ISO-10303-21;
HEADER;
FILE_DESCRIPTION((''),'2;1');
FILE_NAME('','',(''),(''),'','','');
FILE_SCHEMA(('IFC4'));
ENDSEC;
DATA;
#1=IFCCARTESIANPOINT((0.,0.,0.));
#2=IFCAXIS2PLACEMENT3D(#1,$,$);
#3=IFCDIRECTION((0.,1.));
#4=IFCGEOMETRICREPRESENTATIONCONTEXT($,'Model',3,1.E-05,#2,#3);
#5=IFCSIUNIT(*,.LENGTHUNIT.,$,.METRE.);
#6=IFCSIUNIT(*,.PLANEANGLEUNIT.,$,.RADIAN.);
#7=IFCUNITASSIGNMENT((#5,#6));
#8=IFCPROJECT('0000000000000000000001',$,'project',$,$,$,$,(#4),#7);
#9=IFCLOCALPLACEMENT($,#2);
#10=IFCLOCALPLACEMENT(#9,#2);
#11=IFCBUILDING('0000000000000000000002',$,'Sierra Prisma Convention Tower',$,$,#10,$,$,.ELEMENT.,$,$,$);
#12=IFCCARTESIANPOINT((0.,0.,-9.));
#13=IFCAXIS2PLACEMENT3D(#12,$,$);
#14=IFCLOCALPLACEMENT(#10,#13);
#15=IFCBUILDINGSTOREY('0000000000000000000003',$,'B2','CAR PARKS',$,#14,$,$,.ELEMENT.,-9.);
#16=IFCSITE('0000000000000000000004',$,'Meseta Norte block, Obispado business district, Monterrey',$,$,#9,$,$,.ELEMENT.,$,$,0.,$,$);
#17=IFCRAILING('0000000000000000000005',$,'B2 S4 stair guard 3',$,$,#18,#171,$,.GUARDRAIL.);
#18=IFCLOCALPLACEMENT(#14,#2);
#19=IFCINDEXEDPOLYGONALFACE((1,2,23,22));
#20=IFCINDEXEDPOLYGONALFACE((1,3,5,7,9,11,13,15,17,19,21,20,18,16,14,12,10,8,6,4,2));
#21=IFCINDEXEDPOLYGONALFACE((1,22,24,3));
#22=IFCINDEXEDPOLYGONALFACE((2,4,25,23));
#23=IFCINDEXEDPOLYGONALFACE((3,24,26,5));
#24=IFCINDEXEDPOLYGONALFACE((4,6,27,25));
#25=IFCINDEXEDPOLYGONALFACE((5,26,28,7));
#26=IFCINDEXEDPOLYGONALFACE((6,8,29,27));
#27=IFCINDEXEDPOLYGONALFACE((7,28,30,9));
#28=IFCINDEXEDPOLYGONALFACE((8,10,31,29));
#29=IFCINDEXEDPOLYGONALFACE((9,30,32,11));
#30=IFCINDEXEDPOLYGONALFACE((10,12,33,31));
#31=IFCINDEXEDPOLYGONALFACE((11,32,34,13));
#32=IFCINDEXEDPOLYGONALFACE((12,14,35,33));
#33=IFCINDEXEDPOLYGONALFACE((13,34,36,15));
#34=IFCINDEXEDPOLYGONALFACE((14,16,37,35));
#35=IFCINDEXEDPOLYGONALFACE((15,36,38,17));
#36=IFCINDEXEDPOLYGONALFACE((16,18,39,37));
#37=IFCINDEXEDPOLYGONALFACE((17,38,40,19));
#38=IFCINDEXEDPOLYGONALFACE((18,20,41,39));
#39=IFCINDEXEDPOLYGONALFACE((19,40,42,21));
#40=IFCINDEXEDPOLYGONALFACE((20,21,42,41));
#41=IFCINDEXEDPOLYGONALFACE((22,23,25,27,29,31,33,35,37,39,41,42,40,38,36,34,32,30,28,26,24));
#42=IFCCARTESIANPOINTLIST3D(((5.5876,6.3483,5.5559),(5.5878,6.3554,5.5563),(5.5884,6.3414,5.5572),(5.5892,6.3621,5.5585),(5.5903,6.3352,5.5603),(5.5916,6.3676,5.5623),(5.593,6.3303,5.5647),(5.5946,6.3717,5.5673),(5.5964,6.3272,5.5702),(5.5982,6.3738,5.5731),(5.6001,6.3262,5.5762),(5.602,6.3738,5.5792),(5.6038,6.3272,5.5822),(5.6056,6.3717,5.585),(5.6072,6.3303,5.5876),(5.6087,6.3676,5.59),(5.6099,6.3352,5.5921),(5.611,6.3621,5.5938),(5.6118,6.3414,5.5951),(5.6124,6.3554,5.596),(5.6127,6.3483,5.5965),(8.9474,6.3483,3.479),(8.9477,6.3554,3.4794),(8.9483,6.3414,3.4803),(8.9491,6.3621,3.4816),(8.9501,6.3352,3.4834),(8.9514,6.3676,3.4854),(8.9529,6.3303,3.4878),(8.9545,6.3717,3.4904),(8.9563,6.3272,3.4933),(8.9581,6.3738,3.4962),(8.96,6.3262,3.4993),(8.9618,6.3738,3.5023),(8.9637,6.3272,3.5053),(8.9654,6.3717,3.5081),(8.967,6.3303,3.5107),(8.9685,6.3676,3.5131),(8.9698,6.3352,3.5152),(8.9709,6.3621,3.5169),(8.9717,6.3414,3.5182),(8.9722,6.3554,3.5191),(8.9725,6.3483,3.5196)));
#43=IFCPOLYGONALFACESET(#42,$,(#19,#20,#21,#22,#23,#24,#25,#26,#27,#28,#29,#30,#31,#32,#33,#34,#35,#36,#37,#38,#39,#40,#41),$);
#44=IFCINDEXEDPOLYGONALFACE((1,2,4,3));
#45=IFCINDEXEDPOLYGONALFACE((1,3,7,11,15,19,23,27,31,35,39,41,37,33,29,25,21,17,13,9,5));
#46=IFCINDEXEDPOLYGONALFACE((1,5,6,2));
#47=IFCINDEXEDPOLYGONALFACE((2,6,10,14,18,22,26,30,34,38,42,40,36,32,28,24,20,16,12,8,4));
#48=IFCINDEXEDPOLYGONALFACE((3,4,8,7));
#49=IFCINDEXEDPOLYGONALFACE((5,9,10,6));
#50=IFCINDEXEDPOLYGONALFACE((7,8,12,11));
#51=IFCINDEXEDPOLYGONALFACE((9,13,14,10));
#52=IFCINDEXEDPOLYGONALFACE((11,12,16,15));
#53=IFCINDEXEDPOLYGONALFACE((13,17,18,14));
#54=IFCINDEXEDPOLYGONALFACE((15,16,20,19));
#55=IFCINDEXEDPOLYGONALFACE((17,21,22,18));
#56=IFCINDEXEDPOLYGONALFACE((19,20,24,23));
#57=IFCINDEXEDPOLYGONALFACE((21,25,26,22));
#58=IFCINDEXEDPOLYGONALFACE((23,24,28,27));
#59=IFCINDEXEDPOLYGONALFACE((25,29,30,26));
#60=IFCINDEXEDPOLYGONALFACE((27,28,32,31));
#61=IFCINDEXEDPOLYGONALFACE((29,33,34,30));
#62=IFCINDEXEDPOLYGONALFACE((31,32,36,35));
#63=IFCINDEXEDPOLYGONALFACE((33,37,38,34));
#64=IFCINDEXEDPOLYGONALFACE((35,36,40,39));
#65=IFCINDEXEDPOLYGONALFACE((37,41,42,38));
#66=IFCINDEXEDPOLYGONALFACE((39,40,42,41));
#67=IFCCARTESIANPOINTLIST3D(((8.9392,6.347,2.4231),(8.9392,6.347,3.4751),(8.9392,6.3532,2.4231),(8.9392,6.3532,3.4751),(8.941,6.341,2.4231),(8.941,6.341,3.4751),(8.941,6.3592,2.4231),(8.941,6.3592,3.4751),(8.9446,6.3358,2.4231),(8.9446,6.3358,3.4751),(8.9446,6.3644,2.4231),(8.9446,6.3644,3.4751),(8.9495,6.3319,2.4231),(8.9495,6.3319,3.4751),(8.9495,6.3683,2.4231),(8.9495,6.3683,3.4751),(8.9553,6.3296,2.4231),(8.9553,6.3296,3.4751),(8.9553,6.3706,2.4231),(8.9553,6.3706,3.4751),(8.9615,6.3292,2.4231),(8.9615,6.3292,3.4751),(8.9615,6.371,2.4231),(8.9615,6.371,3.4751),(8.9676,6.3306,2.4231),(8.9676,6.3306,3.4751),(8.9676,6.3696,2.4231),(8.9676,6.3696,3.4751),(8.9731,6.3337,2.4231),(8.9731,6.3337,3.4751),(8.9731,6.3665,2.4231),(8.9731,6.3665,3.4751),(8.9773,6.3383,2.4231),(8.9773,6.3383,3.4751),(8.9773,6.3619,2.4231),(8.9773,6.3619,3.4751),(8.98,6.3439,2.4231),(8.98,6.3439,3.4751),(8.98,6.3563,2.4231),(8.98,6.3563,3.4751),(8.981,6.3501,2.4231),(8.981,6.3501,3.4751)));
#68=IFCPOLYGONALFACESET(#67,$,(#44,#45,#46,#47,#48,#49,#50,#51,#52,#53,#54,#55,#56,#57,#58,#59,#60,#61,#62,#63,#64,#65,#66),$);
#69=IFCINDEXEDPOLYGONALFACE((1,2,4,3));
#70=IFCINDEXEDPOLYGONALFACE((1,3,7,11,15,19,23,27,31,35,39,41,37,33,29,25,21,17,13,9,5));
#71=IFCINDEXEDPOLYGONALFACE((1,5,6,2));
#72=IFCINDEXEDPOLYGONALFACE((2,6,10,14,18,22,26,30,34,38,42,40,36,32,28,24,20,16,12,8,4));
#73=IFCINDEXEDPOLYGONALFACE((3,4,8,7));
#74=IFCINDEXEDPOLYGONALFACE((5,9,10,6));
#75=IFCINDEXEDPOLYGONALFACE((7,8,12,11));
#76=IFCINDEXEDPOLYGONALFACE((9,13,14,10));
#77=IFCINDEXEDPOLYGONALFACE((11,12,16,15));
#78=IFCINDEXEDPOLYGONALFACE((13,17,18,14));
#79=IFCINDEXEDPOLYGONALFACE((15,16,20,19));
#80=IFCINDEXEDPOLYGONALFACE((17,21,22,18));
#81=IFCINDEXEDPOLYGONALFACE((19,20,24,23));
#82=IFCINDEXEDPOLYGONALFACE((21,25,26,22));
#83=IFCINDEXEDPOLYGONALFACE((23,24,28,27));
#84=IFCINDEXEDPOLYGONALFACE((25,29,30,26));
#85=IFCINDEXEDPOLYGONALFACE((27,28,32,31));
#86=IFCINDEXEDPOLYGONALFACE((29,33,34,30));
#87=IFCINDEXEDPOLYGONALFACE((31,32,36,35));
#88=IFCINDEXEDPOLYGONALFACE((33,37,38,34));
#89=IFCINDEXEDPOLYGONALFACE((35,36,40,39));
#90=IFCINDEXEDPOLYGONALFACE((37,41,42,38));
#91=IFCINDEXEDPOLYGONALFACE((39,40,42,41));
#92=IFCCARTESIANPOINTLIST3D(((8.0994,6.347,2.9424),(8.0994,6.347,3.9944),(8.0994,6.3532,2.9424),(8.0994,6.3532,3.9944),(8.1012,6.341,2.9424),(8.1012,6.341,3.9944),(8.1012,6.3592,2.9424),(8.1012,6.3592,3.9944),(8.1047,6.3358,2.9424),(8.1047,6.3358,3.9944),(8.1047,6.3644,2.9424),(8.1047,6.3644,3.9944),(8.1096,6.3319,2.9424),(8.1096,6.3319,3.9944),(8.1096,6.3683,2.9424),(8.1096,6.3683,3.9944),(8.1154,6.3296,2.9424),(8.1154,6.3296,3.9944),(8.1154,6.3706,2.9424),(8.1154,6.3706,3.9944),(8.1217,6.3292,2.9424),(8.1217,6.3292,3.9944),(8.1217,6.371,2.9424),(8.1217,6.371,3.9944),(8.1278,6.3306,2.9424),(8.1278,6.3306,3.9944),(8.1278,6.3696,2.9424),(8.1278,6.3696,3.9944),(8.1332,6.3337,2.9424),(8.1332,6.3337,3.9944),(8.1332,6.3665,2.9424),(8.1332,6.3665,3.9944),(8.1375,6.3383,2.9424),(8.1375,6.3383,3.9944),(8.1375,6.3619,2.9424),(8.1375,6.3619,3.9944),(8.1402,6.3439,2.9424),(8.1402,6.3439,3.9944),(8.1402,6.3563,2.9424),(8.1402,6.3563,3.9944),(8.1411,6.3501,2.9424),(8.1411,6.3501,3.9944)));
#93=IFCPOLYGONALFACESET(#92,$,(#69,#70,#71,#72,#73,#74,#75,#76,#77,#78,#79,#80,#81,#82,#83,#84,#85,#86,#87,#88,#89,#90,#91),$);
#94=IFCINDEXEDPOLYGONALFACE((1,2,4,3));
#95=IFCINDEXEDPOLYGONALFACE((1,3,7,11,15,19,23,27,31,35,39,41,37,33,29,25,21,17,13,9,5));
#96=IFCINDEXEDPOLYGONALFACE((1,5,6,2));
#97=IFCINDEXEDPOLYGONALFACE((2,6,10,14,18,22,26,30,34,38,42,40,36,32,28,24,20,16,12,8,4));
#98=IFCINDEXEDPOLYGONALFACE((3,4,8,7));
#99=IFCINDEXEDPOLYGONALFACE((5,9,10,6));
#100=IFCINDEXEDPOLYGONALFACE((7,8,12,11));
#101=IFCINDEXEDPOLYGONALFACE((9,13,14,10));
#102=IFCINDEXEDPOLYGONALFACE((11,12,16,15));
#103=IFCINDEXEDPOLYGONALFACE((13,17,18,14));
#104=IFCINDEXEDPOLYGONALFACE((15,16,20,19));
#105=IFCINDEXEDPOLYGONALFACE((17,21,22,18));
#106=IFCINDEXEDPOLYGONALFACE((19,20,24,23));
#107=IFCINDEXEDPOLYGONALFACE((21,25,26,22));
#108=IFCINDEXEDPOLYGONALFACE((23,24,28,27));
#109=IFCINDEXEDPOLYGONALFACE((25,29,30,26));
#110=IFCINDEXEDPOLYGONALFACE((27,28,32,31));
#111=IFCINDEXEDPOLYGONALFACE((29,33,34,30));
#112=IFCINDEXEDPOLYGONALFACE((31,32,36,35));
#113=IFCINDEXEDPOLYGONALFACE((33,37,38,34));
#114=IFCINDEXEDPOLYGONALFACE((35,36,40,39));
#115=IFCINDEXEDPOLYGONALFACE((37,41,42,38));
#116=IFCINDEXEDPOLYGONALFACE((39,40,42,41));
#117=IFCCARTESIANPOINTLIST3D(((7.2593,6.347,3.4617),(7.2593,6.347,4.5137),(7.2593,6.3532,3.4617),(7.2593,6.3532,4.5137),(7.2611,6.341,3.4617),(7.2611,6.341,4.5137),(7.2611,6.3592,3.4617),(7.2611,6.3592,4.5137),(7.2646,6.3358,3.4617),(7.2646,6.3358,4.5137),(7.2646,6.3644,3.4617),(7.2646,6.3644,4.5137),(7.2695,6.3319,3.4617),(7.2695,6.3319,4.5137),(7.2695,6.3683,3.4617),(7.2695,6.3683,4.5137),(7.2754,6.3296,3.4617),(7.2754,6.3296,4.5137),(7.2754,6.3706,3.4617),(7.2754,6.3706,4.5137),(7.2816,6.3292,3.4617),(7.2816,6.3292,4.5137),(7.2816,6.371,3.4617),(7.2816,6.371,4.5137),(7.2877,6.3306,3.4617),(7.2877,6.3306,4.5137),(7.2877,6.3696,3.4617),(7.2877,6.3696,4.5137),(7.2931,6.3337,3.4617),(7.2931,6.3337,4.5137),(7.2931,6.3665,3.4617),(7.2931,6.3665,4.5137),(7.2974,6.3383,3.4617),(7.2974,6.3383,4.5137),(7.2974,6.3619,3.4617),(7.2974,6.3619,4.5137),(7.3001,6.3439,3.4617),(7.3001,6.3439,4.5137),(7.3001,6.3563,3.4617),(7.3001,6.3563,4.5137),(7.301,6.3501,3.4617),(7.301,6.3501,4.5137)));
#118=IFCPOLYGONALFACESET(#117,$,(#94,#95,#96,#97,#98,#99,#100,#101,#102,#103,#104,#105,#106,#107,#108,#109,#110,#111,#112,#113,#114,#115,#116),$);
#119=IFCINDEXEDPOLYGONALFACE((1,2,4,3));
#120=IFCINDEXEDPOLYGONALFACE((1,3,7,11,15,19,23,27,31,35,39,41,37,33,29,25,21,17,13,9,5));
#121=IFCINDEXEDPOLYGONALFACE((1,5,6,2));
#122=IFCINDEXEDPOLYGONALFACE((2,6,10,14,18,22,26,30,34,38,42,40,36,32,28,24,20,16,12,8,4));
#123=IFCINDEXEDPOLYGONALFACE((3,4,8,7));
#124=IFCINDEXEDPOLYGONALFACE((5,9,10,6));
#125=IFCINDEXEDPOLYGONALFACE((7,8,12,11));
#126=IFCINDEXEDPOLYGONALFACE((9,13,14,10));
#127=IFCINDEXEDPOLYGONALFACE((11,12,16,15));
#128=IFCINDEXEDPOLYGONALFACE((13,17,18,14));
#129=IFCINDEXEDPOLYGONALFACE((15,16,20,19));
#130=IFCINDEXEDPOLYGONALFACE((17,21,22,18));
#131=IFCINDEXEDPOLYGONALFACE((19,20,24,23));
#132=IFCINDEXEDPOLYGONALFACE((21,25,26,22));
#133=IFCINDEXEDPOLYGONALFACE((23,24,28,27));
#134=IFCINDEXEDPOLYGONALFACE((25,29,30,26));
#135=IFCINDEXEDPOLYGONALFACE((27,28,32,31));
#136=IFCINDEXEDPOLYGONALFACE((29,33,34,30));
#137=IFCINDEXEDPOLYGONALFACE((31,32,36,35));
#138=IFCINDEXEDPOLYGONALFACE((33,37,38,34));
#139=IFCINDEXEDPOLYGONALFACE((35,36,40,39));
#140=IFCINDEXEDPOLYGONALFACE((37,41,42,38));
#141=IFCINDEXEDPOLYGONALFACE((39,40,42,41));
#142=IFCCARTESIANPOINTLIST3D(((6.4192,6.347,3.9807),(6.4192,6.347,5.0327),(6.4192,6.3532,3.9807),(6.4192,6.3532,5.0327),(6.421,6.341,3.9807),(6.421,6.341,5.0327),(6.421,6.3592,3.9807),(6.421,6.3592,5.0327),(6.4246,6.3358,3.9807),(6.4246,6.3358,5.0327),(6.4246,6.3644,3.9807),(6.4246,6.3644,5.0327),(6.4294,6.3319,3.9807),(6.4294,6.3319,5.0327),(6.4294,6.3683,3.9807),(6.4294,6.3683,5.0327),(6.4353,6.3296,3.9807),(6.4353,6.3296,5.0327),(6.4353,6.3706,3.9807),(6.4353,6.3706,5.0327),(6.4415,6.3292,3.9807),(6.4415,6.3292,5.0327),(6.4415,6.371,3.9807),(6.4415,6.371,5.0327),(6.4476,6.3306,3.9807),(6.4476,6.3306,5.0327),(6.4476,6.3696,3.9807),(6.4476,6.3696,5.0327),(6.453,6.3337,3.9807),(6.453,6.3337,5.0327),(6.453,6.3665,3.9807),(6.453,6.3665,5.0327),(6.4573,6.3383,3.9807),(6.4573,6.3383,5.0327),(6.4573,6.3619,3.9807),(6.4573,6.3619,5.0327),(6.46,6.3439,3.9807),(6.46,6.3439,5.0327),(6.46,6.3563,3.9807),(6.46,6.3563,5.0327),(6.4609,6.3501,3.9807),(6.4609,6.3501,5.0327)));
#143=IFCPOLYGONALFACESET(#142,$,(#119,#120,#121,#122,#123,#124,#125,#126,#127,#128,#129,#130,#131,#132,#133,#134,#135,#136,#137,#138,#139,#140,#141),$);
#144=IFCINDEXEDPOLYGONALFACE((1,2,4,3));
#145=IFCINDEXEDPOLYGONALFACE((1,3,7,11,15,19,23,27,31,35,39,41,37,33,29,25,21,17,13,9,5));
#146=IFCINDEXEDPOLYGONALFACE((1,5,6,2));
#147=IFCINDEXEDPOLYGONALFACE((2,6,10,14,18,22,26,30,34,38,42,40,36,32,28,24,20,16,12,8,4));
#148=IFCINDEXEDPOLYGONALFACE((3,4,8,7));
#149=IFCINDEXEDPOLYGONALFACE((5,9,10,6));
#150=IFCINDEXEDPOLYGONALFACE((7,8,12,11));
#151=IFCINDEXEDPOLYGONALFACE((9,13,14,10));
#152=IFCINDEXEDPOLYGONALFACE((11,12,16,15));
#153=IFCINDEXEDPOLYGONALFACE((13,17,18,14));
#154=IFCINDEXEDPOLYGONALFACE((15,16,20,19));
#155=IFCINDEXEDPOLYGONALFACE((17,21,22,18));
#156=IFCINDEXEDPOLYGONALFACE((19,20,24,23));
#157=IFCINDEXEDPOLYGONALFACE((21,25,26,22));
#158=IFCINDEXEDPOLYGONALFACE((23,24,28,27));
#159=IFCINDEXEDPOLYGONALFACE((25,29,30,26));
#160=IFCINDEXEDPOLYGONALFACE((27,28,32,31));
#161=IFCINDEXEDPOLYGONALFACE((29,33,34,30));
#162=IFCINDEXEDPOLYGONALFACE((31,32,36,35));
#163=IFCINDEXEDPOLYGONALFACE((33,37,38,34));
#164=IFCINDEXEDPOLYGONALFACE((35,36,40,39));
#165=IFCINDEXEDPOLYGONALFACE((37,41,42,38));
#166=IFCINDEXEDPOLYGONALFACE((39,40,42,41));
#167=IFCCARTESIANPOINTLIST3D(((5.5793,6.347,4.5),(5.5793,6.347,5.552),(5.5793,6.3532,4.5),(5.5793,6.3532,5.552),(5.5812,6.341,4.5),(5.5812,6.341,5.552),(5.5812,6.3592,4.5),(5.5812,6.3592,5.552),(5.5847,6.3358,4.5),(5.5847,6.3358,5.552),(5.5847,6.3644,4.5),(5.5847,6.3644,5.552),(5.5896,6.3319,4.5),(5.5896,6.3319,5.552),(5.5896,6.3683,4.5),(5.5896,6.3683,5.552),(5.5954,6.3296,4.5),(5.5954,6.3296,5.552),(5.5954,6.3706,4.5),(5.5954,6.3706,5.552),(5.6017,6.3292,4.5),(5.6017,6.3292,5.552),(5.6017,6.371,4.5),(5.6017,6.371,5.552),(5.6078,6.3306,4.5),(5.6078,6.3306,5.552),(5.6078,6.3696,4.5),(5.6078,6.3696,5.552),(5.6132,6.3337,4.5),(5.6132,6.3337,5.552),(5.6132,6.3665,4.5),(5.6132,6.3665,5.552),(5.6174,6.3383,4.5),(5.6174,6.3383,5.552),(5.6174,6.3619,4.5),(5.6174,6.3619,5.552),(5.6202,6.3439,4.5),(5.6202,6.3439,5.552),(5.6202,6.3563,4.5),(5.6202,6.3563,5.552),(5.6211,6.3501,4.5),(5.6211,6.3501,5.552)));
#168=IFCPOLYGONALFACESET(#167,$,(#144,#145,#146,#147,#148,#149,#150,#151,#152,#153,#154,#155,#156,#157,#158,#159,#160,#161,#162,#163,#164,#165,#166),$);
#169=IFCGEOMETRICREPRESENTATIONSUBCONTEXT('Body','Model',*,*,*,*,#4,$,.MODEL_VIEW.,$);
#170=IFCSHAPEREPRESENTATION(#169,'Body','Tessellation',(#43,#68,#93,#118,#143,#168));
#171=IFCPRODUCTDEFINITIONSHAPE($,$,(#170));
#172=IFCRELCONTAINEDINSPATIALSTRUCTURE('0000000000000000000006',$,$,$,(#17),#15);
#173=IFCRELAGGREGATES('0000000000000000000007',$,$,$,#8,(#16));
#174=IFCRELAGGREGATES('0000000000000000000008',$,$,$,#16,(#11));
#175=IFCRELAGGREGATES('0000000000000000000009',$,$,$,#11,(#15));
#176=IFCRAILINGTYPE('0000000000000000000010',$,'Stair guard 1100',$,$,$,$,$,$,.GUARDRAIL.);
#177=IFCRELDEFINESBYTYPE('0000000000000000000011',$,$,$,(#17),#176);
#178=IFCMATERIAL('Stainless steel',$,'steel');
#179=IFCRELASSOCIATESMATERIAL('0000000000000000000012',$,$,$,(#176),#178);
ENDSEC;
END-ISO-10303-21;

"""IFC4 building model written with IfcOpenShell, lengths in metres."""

from ifc_helpers import new_model, si_unit, direction, frame, origin, origin_2d, place, context, subcontext, project, spatial, circle, extrude, material, type_object, element, save


model = new_model("IFC4")

# Units and contexts
model_context = context("Model", 3, precision=1e-05, world=origin(), true_north=direction((0.0, 1.0)))
body_context = subcontext(model_context, "Body", "Model", "MODEL_VIEW")
ifc_project = project(units=[si_unit("LENGTHUNIT", "METRE"), si_unit("PLANEANGLEUNIT", "RADIAN")], contexts=[model_context])

# Site, building, storey
site_placement = place(None, origin())
site = spatial("IfcSite", under=ifc_project, at=site_placement, Name="Meseta Norte block, Obispado business district, Monterrey", CompositionType="ELEMENT", RefElevation=0.0)
building_placement = place(site_placement, origin())
building = spatial("IfcBuilding", under=site, at=building_placement, Name="Sierra Prisma Convention Tower", CompositionType="ELEMENT")
storey_placement = place(building_placement, frame((0.0, 0.0, -9.0)))
storey = spatial("IfcBuildingStorey", under=building, at=storey_placement, Name="B2", Description="CAR PARKS", CompositionType="ELEMENT", Elevation=-9.0)

# Railing
ifc_material_1 = material(Name="Stainless steel", Category="steel")
railing_type_1 = type_object("IfcRailingType", Name="Stair guard 1100", PredefinedType="GUARDRAIL", material=ifc_material_1)
railing_1_placement = place(storey_placement, frame((8.96, 6.3501, 2.4231)))
element("IfcRailing", 1, at=railing_1_placement, inside=storey, type_object=railing_type_1, Name="B2 S4 stair guard 3", PredefinedType="GUARDRAIL", context=body_context, shape_type="SweptSolid", body=[
    extrude(circle(Radius=0.0239, at=origin_2d()), frame((0.0, 0.0, 1.0762), z_axis=(-0.850606, 0.0, 0.525803), x_axis=(0.0, -1.0, 0.0)), (0.0, 0.0, 1.0), 3.95),
    extrude(circle(Radius=0.021, at=origin_2d()), origin(), (0.0, 0.0, 1.0), 1.052),
    extrude(circle(Radius=0.021, at=origin_2d()), frame((-0.8398, 0.0, 0.5193)), (0.0, 0.0, 1.0), 1.052),
    extrude(circle(Radius=0.021, at=origin_2d()), frame((-1.6799, 0.0, 1.0386)), (0.0, 0.0, 1.0), 1.052),
    extrude(circle(Radius=0.021, at=origin_2d()), frame((-2.52, 0.0, 1.5576)), (0.0, 0.0, 1.0), 1.052),
    extrude(circle(Radius=0.021, at=origin_2d()), frame((-3.3599, 0.0, 2.0769)), (0.0, 0.0, 1.0), 1.052),
])

save(model, "model.ifc")
